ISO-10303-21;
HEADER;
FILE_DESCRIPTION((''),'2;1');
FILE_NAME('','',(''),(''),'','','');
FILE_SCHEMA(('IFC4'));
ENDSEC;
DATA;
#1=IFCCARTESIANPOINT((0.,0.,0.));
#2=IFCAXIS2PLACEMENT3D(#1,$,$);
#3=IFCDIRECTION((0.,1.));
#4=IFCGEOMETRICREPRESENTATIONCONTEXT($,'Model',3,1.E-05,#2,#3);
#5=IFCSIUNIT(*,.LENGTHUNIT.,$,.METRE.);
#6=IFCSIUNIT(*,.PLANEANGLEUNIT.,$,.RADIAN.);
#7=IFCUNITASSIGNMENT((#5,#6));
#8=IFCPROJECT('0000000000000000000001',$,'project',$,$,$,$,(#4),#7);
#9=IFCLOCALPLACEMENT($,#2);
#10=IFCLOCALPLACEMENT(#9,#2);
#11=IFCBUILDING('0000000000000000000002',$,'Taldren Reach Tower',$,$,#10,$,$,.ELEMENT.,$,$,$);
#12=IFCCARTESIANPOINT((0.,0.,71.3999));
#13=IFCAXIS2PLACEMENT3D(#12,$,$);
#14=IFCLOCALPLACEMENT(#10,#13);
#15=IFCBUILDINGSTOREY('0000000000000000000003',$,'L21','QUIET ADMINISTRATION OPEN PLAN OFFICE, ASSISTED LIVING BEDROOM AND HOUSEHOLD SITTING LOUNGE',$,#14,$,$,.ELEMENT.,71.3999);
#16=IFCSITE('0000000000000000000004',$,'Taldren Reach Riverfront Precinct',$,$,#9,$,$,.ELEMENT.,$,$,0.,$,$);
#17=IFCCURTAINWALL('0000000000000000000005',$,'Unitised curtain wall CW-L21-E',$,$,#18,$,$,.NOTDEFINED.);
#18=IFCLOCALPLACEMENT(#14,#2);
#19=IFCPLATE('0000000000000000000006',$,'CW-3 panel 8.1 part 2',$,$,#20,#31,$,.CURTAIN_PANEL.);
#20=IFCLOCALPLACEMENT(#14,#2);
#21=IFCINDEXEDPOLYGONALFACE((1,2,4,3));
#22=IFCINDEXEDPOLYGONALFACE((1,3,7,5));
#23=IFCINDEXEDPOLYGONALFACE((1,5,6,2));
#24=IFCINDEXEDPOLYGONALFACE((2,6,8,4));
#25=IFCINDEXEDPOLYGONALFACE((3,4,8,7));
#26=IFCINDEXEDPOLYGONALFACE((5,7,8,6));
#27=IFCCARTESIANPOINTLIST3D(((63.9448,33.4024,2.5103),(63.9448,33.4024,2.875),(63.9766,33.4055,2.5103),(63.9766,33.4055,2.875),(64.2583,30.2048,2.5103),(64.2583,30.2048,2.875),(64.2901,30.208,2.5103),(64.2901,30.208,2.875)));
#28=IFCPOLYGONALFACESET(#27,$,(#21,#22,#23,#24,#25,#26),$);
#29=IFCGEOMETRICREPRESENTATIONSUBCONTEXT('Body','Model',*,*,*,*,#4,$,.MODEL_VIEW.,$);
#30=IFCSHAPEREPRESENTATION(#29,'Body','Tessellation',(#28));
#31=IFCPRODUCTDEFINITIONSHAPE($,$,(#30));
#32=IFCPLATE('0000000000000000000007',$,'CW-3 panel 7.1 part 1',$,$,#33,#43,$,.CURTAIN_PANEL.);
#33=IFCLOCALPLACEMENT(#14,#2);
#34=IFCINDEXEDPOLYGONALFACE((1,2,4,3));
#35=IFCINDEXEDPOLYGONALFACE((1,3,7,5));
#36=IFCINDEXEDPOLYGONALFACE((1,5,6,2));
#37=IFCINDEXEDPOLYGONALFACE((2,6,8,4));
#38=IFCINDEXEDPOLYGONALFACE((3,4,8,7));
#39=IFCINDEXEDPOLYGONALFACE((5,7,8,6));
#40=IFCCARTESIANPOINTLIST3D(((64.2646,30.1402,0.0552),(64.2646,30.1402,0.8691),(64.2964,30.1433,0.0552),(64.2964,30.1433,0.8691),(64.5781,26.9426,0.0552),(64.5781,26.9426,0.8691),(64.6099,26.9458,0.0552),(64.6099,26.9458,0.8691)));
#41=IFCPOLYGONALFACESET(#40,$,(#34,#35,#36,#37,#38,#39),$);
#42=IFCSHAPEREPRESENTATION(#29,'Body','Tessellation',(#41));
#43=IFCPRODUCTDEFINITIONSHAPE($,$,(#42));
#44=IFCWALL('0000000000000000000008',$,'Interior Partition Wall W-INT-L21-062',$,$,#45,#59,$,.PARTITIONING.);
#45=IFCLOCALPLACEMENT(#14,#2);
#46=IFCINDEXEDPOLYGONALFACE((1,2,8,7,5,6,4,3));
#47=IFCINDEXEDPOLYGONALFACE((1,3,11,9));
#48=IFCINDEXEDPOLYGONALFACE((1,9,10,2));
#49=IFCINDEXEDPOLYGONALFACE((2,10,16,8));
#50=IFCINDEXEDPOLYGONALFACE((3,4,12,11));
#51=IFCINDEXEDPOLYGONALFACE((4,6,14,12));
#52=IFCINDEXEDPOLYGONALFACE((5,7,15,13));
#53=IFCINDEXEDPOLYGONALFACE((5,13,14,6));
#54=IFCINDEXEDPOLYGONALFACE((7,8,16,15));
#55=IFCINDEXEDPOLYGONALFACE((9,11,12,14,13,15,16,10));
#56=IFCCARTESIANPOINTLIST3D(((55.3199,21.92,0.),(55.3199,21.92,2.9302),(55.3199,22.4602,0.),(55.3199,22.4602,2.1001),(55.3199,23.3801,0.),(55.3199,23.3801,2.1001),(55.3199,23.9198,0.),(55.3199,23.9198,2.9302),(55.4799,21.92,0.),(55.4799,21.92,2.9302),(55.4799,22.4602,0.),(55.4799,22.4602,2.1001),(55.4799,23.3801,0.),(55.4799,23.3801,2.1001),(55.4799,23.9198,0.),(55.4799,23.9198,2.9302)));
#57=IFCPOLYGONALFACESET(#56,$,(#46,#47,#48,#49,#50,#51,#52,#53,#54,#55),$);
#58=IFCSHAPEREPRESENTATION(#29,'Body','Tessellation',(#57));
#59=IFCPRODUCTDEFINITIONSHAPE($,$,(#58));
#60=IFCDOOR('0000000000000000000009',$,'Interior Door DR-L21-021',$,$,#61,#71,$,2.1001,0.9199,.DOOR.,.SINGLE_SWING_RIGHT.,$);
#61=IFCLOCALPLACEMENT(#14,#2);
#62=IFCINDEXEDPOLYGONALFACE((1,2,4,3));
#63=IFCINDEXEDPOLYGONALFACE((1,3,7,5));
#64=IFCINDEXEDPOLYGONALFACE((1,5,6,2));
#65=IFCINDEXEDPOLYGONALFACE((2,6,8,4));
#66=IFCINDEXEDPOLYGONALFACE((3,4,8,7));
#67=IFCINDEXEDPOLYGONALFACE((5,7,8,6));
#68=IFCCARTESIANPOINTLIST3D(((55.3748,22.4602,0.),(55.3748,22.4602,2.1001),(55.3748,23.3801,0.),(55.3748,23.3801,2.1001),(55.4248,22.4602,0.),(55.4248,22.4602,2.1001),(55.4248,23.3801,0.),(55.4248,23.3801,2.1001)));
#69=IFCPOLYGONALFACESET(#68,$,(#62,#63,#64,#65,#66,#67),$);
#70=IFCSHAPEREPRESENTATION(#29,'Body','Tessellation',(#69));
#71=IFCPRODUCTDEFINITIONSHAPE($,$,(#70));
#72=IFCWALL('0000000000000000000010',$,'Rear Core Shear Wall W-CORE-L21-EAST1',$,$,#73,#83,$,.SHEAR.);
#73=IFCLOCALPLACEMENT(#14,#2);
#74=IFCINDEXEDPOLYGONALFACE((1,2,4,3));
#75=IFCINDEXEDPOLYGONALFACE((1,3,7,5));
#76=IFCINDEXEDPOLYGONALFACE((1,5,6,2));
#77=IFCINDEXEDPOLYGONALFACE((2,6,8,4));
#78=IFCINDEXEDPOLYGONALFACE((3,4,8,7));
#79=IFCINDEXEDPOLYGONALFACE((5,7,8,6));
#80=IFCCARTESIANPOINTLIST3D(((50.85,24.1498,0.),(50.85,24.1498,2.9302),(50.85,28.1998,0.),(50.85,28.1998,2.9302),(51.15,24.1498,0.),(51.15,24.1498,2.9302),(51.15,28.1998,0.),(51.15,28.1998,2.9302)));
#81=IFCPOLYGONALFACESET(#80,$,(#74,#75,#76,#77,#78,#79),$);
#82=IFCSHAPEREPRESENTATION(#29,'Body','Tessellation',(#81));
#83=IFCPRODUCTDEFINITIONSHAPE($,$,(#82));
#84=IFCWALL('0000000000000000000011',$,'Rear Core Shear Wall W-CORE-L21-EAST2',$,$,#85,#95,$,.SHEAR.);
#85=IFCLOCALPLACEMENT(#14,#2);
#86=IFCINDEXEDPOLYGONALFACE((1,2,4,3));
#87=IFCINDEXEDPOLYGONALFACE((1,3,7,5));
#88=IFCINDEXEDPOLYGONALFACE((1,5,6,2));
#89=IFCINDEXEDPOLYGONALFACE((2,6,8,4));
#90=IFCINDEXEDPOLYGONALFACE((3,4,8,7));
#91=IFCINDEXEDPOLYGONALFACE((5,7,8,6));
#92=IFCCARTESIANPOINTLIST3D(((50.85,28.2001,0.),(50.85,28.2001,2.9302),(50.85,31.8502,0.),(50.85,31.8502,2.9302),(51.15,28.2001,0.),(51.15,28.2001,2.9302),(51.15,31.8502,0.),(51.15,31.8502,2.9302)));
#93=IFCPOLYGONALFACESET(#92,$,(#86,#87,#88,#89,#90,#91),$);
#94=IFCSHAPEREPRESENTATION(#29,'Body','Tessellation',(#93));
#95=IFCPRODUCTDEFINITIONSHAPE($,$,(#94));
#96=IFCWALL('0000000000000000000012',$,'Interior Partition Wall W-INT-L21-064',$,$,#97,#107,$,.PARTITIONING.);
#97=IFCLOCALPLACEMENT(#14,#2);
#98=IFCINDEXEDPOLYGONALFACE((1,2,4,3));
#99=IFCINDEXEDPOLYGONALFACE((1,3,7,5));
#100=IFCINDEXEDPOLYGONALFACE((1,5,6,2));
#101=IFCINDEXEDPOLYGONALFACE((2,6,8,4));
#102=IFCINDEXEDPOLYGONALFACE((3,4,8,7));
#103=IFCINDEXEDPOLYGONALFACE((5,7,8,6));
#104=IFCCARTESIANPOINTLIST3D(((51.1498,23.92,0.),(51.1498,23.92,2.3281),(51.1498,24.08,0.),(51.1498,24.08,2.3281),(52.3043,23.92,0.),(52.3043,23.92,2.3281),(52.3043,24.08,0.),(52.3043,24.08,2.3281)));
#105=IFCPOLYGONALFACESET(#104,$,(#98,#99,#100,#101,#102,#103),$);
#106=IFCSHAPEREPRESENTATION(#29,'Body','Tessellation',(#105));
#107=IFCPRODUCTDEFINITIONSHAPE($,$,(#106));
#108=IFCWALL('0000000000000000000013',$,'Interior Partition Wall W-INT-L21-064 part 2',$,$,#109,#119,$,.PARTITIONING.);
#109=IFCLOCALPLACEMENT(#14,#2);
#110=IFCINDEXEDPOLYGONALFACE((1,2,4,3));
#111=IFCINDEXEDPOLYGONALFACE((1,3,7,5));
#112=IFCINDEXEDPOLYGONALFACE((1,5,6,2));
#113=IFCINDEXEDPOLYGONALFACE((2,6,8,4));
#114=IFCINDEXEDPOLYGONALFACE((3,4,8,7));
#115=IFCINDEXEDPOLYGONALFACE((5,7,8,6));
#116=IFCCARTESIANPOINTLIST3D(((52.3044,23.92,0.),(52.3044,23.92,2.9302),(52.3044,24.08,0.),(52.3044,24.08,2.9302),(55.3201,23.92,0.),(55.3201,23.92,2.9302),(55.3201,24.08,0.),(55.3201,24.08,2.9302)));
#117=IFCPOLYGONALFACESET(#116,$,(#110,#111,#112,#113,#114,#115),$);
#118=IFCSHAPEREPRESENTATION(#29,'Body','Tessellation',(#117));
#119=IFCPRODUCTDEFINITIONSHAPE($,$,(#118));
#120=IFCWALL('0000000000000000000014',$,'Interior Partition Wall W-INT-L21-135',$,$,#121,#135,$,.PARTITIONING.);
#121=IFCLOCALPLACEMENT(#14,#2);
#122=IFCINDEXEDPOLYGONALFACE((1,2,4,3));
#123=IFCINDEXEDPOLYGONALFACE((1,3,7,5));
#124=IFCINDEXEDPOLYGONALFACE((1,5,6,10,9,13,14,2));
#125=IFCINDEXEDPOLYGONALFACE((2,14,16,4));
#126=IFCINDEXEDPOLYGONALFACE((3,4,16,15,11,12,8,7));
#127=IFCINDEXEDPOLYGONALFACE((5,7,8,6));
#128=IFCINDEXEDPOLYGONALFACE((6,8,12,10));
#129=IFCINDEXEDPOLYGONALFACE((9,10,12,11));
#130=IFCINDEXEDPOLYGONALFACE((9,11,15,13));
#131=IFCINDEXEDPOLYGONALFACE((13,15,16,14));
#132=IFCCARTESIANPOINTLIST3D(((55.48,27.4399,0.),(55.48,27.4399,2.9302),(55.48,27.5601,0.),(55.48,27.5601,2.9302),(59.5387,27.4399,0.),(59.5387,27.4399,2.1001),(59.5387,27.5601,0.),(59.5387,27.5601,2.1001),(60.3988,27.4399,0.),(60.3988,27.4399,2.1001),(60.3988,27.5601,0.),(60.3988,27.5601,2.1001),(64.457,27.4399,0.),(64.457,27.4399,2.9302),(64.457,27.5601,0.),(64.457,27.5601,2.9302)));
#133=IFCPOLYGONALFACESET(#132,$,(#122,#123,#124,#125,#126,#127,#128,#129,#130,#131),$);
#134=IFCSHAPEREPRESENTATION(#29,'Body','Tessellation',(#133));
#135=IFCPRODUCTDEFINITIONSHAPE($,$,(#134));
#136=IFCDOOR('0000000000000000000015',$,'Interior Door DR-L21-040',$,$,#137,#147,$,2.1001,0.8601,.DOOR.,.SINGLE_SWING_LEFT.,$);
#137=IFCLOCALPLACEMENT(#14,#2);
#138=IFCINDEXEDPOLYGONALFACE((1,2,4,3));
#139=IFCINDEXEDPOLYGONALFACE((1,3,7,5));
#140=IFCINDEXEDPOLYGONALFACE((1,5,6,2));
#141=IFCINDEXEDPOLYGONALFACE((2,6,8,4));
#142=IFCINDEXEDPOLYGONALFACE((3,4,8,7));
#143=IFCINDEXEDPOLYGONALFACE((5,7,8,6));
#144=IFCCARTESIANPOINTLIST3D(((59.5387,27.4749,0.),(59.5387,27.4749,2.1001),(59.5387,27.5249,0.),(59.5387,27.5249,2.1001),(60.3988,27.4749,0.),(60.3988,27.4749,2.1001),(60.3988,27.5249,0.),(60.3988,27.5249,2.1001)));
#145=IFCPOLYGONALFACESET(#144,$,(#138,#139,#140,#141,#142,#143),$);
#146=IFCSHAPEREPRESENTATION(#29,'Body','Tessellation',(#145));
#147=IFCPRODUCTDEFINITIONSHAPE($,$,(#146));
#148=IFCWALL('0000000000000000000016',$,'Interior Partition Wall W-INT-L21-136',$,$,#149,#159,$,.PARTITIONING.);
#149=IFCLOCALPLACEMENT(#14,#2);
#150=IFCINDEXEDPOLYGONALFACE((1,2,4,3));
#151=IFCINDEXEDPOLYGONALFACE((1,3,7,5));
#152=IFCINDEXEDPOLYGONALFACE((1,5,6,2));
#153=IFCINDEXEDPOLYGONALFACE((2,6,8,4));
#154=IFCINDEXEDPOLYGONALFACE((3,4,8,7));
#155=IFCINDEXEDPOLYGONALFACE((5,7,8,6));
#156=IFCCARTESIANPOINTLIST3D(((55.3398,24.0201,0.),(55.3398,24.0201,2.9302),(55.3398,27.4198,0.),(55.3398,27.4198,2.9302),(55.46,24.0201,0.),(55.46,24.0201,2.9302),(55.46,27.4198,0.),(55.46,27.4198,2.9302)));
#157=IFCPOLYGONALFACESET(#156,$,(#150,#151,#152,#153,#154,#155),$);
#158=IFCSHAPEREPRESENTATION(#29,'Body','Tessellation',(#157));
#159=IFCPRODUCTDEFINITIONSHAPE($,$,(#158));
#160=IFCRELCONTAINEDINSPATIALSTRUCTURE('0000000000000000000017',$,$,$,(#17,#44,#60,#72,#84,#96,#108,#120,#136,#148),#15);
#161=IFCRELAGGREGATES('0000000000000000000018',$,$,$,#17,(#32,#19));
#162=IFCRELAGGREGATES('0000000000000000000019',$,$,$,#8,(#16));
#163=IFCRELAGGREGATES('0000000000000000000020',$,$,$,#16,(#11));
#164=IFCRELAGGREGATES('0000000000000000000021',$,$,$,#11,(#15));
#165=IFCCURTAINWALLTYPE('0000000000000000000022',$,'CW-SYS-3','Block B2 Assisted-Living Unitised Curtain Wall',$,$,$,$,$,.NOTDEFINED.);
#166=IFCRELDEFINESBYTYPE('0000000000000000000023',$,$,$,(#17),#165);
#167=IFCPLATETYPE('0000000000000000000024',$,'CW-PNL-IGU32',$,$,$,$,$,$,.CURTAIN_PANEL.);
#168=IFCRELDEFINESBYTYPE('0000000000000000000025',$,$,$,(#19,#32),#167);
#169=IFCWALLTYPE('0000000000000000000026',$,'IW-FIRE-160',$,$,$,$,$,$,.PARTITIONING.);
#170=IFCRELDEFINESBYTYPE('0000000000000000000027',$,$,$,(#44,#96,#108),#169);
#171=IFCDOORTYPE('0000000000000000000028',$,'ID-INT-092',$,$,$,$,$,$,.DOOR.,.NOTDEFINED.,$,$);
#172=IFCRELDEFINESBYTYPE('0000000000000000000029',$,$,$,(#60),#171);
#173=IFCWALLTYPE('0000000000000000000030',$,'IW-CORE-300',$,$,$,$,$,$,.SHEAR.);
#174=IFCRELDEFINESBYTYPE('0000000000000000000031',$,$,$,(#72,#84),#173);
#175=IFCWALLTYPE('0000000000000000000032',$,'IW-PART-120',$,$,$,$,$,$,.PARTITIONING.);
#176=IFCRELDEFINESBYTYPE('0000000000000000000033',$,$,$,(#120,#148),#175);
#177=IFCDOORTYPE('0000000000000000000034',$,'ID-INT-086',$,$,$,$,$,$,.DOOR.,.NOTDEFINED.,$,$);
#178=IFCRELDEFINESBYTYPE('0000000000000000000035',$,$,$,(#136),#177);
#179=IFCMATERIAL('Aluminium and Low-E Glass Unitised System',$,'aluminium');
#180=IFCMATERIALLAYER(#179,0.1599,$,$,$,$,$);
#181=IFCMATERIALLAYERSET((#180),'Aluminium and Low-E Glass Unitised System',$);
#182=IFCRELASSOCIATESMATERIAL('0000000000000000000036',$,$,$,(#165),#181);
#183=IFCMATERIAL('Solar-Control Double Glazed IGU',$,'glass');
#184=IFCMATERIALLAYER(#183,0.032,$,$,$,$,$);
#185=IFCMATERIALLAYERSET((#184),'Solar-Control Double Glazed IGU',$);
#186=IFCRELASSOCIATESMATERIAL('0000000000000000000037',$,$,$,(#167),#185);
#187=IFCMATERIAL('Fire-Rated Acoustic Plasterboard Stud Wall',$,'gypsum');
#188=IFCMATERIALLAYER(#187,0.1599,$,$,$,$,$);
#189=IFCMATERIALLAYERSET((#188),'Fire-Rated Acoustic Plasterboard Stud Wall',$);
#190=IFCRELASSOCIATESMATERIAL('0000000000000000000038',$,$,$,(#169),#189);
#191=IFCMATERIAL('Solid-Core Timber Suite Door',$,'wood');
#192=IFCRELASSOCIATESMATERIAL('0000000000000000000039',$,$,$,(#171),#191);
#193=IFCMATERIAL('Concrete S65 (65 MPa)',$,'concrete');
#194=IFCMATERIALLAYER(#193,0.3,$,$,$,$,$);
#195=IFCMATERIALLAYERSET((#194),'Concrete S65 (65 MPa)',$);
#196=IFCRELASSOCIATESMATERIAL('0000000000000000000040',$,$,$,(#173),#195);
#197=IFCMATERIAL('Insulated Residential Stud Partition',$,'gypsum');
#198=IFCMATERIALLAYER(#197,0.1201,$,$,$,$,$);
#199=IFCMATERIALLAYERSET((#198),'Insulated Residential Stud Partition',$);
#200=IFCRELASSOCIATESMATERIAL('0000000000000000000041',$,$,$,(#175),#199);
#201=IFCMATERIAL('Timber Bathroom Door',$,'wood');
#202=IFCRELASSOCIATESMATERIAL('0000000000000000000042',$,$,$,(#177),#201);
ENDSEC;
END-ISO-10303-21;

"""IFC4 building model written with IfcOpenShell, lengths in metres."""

from ifc_helpers import new_model, si_unit, direction, frame, frame_2d, origin, origin_2d, place, context, subcontext, project, spatial, rectangle, extrude, source, transform, mapped, material, layer, layer_set, type_object, element, fill, aggregate, save


model = new_model("IFC4")

# Units and contexts
model_context = context("Model", 3, precision=1e-05, world=origin(), true_north=direction((0.0, 1.0)))
body_context = subcontext(model_context, "Body", "Model", "MODEL_VIEW")
ifc_project = project(units=[si_unit("LENGTHUNIT", "METRE"), si_unit("PLANEANGLEUNIT", "RADIAN")], contexts=[model_context])

# Site, building, storey
site_placement = place(None, origin())
site = spatial("IfcSite", under=ifc_project, at=site_placement, Name="Taldren Reach Riverfront Precinct", CompositionType="ELEMENT", RefElevation=0.0)
building_placement = place(site_placement, origin())
building = spatial("IfcBuilding", under=site, at=building_placement, Name="Taldren Reach Tower", CompositionType="ELEMENT")
storey_placement = place(building_placement, frame((0.0, 0.0, 71.3999)))
storey = spatial("IfcBuildingStorey", under=building, at=storey_placement, Name="L21", Description="QUIET ADMINISTRATION OPEN PLAN OFFICE, ASSISTED LIVING BEDROOM AND HOUSEHOLD SITTING LOUNGE", CompositionType="ELEMENT", Elevation=71.3999)

# Shared definitions
ifc_material_1 = material(Name="Concrete S65 (65 MPa)", Category="concrete")

# Curtain wall, plates
ifc_material_2 = material(Name="Aluminium and Low-E Glass Unitised System", Category="aluminium")
ifc_layer_1 = layer(ifc_material_2, 0.1599)
ifc_layer_set_1 = layer_set([ifc_layer_1], Name="Aluminium and Low-E Glass Unitised System")
curtain_wall_type = type_object("IfcCurtainWallType", Name="CW-SYS-3", Description="Block B2 Assisted-Living Unitised Curtain Wall", PredefinedType="NOTDEFINED", material=ifc_layer_set_1)
curtain_wall_placement = place(storey_placement, origin())
curtain_wall = element("IfcCurtainWall", 1, at=curtain_wall_placement, inside=storey, type_object=curtain_wall_type, Name="Unitised curtain wall CW-L21-E", PredefinedType="NOTDEFINED")
ifc_material_3 = material(Name="Solar-Control Double Glazed IGU", Category="glass")
ifc_layer_2 = layer(ifc_material_3, 0.032)
ifc_layer_set_2 = layer_set([ifc_layer_2], Name="Solar-Control Double Glazed IGU")
plate_type = type_object("IfcPlateType", Name="CW-PNL-IGU32", PredefinedType="CURTAIN_PANEL", material=ifc_layer_set_2)
shared_shape_1 = source(origin(), body_context, "Body", "SweptSolid", [
    extrude(rectangle(XDim=3.2129, YDim=0.032, at=origin_2d()), origin(), (0.0, 0.0, 1.0), 0.3647),
])
plate_1_placement = place(storey_placement, frame((64.1174, 31.8052, 2.5103), z_axis=(0.0, 0.0, 1.0), x_axis=(-0.097583, 0.995227, 0.0)))
plate_1 = element("IfcPlate", 2, at=plate_1_placement, type_object=plate_type, Name="CW-3 panel 8.1 part 2", PredefinedType="CURTAIN_PANEL", context=body_context, shape_type="MappedRepresentation", body=[
    mapped(shared_shape_1, transform((0.0, 0.0, 0.0), scale=1.0)),
])
shared_shape_2 = source(origin(), body_context, "Body", "SweptSolid", [
    extrude(rectangle(XDim=3.2129, YDim=0.032, at=origin_2d()), origin(), (0.0, 0.0, 1.0), 0.814),
])
plate_2_placement = place(storey_placement, frame((64.4373, 28.543, 0.0552), z_axis=(0.0, 0.0, 1.0), x_axis=(-0.097583, 0.995227, 0.0)))
plate_2 = element("IfcPlate", 3, at=plate_2_placement, type_object=plate_type, Name="CW-3 panel 7.1 part 1", PredefinedType="CURTAIN_PANEL", context=body_context, shape_type="MappedRepresentation", body=[
    mapped(shared_shape_2, transform((0.0, 0.0, 0.0), scale=1.0)),
])
aggregate(curtain_wall, [plate_2, plate_1])

# Wall, opening, door
ifc_material_4 = material(Name="Fire-Rated Acoustic Plasterboard Stud Wall", Category="gypsum")
ifc_layer_3 = layer(ifc_material_4, 0.1599)
ifc_layer_set_3 = layer_set([ifc_layer_3], Name="Fire-Rated Acoustic Plasterboard Stud Wall")
wall_type_1 = type_object("IfcWallType", Name="IW-FIRE-160", PredefinedType="PARTITIONING", material=ifc_layer_set_3)
shared_shape_3 = source(origin(), body_context, "Body", "SweptSolid", [
    extrude(rectangle(XDim=1.9998, YDim=0.1599, at=frame_2d((1.0, 0.0))), origin(), (0.0, 0.0, 1.0), 2.9302),
])
wall_1_placement = place(storey_placement, frame((55.3999, 23.9199, 0.0), z_axis=(0.0, 0.0, 1.0), x_axis=(0.0, -1.0, 0.0)))
wall_1 = element("IfcWall", 4, at=wall_1_placement, inside=storey, type_object=wall_type_1, Name="Interior Partition Wall W-INT-L21-062", PredefinedType="PARTITIONING", context=body_context, shape_type="MappedRepresentation", body=[
    mapped(shared_shape_3, transform((0.0, 0.0, 0.0), scale=1.0)),
])
shared_shape_4 = source(origin(), body_context, "Body", "SweptSolid", [
    extrude(rectangle(XDim=0.9199, YDim=2.1001, at=frame_2d((0.46, 1.05))), frame((0.0, 0.0898, 0.0), z_axis=(0.0, -1.0, 0.0), x_axis=(1.0, 0.0, 0.0)), (0.0, 0.0, 1.0), 0.1799),
])
opening_1_placement = place(wall_1_placement, frame((0.5398, 0.0, 0.0)))
opening_1 = element("IfcOpeningElement", 5, at=opening_1_placement, cuts=wall_1, PredefinedType="OPENING", context=body_context, shape_type="MappedRepresentation", body=[
    mapped(shared_shape_4, transform((0.0, 0.0, 0.0), scale=1.0)),
])
ifc_material_5 = material(Name="Solid-Core Timber Suite Door", Category="wood")
door_type_1 = type_object("IfcDoorType", Name="ID-INT-092", OperationType="NOTDEFINED", PredefinedType="DOOR", material=ifc_material_5)
shared_shape_5 = source(origin(), body_context, "Body", "SweptSolid", [
    extrude(rectangle(XDim=0.9199, YDim=2.1001, at=frame_2d((0.46, 1.05))), frame((0.0, 0.0249, 0.0), z_axis=(0.0, -1.0, 0.0), x_axis=(1.0, 0.0, 0.0)), (0.0, 0.0, 1.0), 0.05),
])
door_1_placement = place(opening_1_placement, origin())
door_1 = element("IfcDoor", 6, at=door_1_placement, inside=storey, type_object=door_type_1, Name="Interior Door DR-L21-021", OperationType="SINGLE_SWING_RIGHT", OverallHeight=2.1001, OverallWidth=0.9199, PredefinedType="DOOR", context=body_context, shape_type="MappedRepresentation", body=[
    mapped(shared_shape_5, transform((0.0, 0.0, 0.0), scale=1.0)),
])
fill(opening_1, door_1)

# Walls
ifc_layer_4 = layer(ifc_material_1, 0.3)
ifc_layer_set_4 = layer_set([ifc_layer_4], Name="Concrete S65 (65 MPa)")
wall_type_2 = type_object("IfcWallType", Name="IW-CORE-300", PredefinedType="SHEAR", material=ifc_layer_set_4)
shared_shape_6 = source(origin(), body_context, "Body", "SweptSolid", [
    extrude(rectangle(XDim=4.05, YDim=0.3, at=frame_2d((2.0249, 0.0))), origin(), (0.0, 0.0, 1.0), 2.9302),
])
wall_2_placement = place(storey_placement, frame((51.0, 24.1499, 0.0), z_axis=(0.0, 0.0, 1.0), x_axis=(0.0, 1.0, 0.0)))
element("IfcWall", 7, at=wall_2_placement, inside=storey, type_object=wall_type_2, Name="Rear Core Shear Wall W-CORE-L21-EAST1", PredefinedType="SHEAR", context=body_context, shape_type="MappedRepresentation", body=[
    mapped(shared_shape_6, transform((0.0, 0.0, 0.0), scale=1.0)),
])
shared_shape_7 = source(origin(), body_context, "Body", "SweptSolid", [
    extrude(rectangle(XDim=3.6501, YDim=0.3, at=frame_2d((1.8252, 0.0))), origin(), (0.0, 0.0, 1.0), 2.9302),
])
wall_3_placement = place(storey_placement, frame((51.0, 28.2, 0.0), z_axis=(0.0, 0.0, 1.0), x_axis=(0.0, 1.0, 0.0)))
element("IfcWall", 8, at=wall_3_placement, inside=storey, type_object=wall_type_2, Name="Rear Core Shear Wall W-CORE-L21-EAST2", PredefinedType="SHEAR", context=body_context, shape_type="MappedRepresentation", body=[
    mapped(shared_shape_7, transform((0.0, 0.0, 0.0), scale=1.0)),
])
shared_shape_8 = source(origin(), body_context, "Body", "SweptSolid", [
    extrude(rectangle(XDim=1.1545, YDim=0.1599, at=frame_2d((0.5771, 0.0))), origin(), (0.0, 0.0, 1.0), 2.3281),
])
wall_4_placement = place(storey_placement, frame((51.1499, 24.0, 0.0), z_axis=(0.0, 0.0, 1.0), x_axis=(1.0, 0.0, 0.0)))
element("IfcWall", 9, at=wall_4_placement, inside=storey, type_object=wall_type_1, Name="Interior Partition Wall W-INT-L21-064", PredefinedType="PARTITIONING", context=body_context, shape_type="MappedRepresentation", body=[
    mapped(shared_shape_8, transform((0.0, 0.0, 0.0), scale=1.0)),
])
shared_shape_9 = source(origin(), body_context, "Body", "SweptSolid", [
    extrude(rectangle(XDim=3.0156, YDim=0.1599, at=frame_2d((1.5078, 0.0))), origin(), (0.0, 0.0, 1.0), 2.9302),
])
wall_5_placement = place(storey_placement, frame((52.3044, 24.0, 0.0), z_axis=(0.0, 0.0, 1.0), x_axis=(1.0, 0.0, 0.0)))
element("IfcWall", 10, at=wall_5_placement, inside=storey, type_object=wall_type_1, Name="Interior Partition Wall W-INT-L21-064 part 2", PredefinedType="PARTITIONING", context=body_context, shape_type="MappedRepresentation", body=[
    mapped(shared_shape_9, transform((0.0, 0.0, 0.0), scale=1.0)),
])

# Wall, opening, door
ifc_material_6 = material(Name="Insulated Residential Stud Partition", Category="gypsum")
ifc_layer_5 = layer(ifc_material_6, 0.1201)
ifc_layer_set_5 = layer_set([ifc_layer_5], Name="Insulated Residential Stud Partition")
wall_type_3 = type_object("IfcWallType", Name="IW-PART-120", PredefinedType="PARTITIONING", material=ifc_layer_set_5)
shared_shape_10 = source(origin(), body_context, "Body", "SweptSolid", [
    extrude(rectangle(XDim=8.9771, YDim=0.1201, at=frame_2d((4.4885, 0.0))), origin(), (0.0, 0.0, 1.0), 2.9302),
])
wall_6_placement = place(storey_placement, frame((55.48, 27.5, 0.0), z_axis=(0.0, 0.0, 1.0), x_axis=(1.0, 0.0, 0.0)))
wall_6 = element("IfcWall", 11, at=wall_6_placement, inside=storey, type_object=wall_type_3, Name="Interior Partition Wall W-INT-L21-135", PredefinedType="PARTITIONING", context=body_context, shape_type="MappedRepresentation", body=[
    mapped(shared_shape_10, transform((0.0, 0.0, 0.0), scale=1.0)),
])
shared_shape_11 = source(origin(), body_context, "Body", "SweptSolid", [
    extrude(rectangle(XDim=0.8601, YDim=2.1001, at=frame_2d((0.4302, 1.05))), frame((0.0, 0.0701, 0.0), z_axis=(0.0, -1.0, 0.0), x_axis=(1.0, 0.0, 0.0)), (0.0, 0.0, 1.0), 0.1401),
])
opening_2_placement = place(wall_6_placement, frame((4.0586, 0.0, 0.0)))
opening_2 = element("IfcOpeningElement", 12, at=opening_2_placement, cuts=wall_6, PredefinedType="OPENING", context=body_context, shape_type="MappedRepresentation", body=[
    mapped(shared_shape_11, transform((0.0, 0.0, 0.0), scale=1.0)),
])
ifc_material_7 = material(Name="Timber Bathroom Door", Category="wood")
door_type_2 = type_object("IfcDoorType", Name="ID-INT-086", OperationType="NOTDEFINED", PredefinedType="DOOR", material=ifc_material_7)
shared_shape_12 = source(origin(), body_context, "Body", "SweptSolid", [
    extrude(rectangle(XDim=0.8601, YDim=2.1001, at=frame_2d((0.4302, 1.05))), frame((0.0, 0.0249, 0.0), z_axis=(0.0, -1.0, 0.0), x_axis=(1.0, 0.0, 0.0)), (0.0, 0.0, 1.0), 0.05),
])
door_2_placement = place(opening_2_placement, origin())
door_2 = element("IfcDoor", 13, at=door_2_placement, inside=storey, type_object=door_type_2, Name="Interior Door DR-L21-040", OperationType="SINGLE_SWING_LEFT", OverallHeight=2.1001, OverallWidth=0.8601, PredefinedType="DOOR", context=body_context, shape_type="MappedRepresentation", body=[
    mapped(shared_shape_12, transform((0.0, 0.0, 0.0), scale=1.0)),
])
fill(opening_2, door_2)

# Wall
shared_shape_13 = source(origin(), body_context, "Body", "SweptSolid", [
    extrude(rectangle(XDim=3.3997, YDim=0.1201, at=frame_2d((1.6997, 0.0))), origin(), (0.0, 0.0, 1.0), 2.9302),
])
wall_7_placement = place(storey_placement, frame((55.3999, 24.0203, 0.0), z_axis=(0.0, 0.0, 1.0), x_axis=(0.0, 1.0, 0.0)))
element("IfcWall", 14, at=wall_7_placement, inside=storey, type_object=wall_type_3, Name="Interior Partition Wall W-INT-L21-136", PredefinedType="PARTITIONING", context=body_context, shape_type="MappedRepresentation", body=[
    mapped(shared_shape_13, transform((0.0, 0.0, 0.0), scale=1.0)),
])

save(model, "model.ifc")
